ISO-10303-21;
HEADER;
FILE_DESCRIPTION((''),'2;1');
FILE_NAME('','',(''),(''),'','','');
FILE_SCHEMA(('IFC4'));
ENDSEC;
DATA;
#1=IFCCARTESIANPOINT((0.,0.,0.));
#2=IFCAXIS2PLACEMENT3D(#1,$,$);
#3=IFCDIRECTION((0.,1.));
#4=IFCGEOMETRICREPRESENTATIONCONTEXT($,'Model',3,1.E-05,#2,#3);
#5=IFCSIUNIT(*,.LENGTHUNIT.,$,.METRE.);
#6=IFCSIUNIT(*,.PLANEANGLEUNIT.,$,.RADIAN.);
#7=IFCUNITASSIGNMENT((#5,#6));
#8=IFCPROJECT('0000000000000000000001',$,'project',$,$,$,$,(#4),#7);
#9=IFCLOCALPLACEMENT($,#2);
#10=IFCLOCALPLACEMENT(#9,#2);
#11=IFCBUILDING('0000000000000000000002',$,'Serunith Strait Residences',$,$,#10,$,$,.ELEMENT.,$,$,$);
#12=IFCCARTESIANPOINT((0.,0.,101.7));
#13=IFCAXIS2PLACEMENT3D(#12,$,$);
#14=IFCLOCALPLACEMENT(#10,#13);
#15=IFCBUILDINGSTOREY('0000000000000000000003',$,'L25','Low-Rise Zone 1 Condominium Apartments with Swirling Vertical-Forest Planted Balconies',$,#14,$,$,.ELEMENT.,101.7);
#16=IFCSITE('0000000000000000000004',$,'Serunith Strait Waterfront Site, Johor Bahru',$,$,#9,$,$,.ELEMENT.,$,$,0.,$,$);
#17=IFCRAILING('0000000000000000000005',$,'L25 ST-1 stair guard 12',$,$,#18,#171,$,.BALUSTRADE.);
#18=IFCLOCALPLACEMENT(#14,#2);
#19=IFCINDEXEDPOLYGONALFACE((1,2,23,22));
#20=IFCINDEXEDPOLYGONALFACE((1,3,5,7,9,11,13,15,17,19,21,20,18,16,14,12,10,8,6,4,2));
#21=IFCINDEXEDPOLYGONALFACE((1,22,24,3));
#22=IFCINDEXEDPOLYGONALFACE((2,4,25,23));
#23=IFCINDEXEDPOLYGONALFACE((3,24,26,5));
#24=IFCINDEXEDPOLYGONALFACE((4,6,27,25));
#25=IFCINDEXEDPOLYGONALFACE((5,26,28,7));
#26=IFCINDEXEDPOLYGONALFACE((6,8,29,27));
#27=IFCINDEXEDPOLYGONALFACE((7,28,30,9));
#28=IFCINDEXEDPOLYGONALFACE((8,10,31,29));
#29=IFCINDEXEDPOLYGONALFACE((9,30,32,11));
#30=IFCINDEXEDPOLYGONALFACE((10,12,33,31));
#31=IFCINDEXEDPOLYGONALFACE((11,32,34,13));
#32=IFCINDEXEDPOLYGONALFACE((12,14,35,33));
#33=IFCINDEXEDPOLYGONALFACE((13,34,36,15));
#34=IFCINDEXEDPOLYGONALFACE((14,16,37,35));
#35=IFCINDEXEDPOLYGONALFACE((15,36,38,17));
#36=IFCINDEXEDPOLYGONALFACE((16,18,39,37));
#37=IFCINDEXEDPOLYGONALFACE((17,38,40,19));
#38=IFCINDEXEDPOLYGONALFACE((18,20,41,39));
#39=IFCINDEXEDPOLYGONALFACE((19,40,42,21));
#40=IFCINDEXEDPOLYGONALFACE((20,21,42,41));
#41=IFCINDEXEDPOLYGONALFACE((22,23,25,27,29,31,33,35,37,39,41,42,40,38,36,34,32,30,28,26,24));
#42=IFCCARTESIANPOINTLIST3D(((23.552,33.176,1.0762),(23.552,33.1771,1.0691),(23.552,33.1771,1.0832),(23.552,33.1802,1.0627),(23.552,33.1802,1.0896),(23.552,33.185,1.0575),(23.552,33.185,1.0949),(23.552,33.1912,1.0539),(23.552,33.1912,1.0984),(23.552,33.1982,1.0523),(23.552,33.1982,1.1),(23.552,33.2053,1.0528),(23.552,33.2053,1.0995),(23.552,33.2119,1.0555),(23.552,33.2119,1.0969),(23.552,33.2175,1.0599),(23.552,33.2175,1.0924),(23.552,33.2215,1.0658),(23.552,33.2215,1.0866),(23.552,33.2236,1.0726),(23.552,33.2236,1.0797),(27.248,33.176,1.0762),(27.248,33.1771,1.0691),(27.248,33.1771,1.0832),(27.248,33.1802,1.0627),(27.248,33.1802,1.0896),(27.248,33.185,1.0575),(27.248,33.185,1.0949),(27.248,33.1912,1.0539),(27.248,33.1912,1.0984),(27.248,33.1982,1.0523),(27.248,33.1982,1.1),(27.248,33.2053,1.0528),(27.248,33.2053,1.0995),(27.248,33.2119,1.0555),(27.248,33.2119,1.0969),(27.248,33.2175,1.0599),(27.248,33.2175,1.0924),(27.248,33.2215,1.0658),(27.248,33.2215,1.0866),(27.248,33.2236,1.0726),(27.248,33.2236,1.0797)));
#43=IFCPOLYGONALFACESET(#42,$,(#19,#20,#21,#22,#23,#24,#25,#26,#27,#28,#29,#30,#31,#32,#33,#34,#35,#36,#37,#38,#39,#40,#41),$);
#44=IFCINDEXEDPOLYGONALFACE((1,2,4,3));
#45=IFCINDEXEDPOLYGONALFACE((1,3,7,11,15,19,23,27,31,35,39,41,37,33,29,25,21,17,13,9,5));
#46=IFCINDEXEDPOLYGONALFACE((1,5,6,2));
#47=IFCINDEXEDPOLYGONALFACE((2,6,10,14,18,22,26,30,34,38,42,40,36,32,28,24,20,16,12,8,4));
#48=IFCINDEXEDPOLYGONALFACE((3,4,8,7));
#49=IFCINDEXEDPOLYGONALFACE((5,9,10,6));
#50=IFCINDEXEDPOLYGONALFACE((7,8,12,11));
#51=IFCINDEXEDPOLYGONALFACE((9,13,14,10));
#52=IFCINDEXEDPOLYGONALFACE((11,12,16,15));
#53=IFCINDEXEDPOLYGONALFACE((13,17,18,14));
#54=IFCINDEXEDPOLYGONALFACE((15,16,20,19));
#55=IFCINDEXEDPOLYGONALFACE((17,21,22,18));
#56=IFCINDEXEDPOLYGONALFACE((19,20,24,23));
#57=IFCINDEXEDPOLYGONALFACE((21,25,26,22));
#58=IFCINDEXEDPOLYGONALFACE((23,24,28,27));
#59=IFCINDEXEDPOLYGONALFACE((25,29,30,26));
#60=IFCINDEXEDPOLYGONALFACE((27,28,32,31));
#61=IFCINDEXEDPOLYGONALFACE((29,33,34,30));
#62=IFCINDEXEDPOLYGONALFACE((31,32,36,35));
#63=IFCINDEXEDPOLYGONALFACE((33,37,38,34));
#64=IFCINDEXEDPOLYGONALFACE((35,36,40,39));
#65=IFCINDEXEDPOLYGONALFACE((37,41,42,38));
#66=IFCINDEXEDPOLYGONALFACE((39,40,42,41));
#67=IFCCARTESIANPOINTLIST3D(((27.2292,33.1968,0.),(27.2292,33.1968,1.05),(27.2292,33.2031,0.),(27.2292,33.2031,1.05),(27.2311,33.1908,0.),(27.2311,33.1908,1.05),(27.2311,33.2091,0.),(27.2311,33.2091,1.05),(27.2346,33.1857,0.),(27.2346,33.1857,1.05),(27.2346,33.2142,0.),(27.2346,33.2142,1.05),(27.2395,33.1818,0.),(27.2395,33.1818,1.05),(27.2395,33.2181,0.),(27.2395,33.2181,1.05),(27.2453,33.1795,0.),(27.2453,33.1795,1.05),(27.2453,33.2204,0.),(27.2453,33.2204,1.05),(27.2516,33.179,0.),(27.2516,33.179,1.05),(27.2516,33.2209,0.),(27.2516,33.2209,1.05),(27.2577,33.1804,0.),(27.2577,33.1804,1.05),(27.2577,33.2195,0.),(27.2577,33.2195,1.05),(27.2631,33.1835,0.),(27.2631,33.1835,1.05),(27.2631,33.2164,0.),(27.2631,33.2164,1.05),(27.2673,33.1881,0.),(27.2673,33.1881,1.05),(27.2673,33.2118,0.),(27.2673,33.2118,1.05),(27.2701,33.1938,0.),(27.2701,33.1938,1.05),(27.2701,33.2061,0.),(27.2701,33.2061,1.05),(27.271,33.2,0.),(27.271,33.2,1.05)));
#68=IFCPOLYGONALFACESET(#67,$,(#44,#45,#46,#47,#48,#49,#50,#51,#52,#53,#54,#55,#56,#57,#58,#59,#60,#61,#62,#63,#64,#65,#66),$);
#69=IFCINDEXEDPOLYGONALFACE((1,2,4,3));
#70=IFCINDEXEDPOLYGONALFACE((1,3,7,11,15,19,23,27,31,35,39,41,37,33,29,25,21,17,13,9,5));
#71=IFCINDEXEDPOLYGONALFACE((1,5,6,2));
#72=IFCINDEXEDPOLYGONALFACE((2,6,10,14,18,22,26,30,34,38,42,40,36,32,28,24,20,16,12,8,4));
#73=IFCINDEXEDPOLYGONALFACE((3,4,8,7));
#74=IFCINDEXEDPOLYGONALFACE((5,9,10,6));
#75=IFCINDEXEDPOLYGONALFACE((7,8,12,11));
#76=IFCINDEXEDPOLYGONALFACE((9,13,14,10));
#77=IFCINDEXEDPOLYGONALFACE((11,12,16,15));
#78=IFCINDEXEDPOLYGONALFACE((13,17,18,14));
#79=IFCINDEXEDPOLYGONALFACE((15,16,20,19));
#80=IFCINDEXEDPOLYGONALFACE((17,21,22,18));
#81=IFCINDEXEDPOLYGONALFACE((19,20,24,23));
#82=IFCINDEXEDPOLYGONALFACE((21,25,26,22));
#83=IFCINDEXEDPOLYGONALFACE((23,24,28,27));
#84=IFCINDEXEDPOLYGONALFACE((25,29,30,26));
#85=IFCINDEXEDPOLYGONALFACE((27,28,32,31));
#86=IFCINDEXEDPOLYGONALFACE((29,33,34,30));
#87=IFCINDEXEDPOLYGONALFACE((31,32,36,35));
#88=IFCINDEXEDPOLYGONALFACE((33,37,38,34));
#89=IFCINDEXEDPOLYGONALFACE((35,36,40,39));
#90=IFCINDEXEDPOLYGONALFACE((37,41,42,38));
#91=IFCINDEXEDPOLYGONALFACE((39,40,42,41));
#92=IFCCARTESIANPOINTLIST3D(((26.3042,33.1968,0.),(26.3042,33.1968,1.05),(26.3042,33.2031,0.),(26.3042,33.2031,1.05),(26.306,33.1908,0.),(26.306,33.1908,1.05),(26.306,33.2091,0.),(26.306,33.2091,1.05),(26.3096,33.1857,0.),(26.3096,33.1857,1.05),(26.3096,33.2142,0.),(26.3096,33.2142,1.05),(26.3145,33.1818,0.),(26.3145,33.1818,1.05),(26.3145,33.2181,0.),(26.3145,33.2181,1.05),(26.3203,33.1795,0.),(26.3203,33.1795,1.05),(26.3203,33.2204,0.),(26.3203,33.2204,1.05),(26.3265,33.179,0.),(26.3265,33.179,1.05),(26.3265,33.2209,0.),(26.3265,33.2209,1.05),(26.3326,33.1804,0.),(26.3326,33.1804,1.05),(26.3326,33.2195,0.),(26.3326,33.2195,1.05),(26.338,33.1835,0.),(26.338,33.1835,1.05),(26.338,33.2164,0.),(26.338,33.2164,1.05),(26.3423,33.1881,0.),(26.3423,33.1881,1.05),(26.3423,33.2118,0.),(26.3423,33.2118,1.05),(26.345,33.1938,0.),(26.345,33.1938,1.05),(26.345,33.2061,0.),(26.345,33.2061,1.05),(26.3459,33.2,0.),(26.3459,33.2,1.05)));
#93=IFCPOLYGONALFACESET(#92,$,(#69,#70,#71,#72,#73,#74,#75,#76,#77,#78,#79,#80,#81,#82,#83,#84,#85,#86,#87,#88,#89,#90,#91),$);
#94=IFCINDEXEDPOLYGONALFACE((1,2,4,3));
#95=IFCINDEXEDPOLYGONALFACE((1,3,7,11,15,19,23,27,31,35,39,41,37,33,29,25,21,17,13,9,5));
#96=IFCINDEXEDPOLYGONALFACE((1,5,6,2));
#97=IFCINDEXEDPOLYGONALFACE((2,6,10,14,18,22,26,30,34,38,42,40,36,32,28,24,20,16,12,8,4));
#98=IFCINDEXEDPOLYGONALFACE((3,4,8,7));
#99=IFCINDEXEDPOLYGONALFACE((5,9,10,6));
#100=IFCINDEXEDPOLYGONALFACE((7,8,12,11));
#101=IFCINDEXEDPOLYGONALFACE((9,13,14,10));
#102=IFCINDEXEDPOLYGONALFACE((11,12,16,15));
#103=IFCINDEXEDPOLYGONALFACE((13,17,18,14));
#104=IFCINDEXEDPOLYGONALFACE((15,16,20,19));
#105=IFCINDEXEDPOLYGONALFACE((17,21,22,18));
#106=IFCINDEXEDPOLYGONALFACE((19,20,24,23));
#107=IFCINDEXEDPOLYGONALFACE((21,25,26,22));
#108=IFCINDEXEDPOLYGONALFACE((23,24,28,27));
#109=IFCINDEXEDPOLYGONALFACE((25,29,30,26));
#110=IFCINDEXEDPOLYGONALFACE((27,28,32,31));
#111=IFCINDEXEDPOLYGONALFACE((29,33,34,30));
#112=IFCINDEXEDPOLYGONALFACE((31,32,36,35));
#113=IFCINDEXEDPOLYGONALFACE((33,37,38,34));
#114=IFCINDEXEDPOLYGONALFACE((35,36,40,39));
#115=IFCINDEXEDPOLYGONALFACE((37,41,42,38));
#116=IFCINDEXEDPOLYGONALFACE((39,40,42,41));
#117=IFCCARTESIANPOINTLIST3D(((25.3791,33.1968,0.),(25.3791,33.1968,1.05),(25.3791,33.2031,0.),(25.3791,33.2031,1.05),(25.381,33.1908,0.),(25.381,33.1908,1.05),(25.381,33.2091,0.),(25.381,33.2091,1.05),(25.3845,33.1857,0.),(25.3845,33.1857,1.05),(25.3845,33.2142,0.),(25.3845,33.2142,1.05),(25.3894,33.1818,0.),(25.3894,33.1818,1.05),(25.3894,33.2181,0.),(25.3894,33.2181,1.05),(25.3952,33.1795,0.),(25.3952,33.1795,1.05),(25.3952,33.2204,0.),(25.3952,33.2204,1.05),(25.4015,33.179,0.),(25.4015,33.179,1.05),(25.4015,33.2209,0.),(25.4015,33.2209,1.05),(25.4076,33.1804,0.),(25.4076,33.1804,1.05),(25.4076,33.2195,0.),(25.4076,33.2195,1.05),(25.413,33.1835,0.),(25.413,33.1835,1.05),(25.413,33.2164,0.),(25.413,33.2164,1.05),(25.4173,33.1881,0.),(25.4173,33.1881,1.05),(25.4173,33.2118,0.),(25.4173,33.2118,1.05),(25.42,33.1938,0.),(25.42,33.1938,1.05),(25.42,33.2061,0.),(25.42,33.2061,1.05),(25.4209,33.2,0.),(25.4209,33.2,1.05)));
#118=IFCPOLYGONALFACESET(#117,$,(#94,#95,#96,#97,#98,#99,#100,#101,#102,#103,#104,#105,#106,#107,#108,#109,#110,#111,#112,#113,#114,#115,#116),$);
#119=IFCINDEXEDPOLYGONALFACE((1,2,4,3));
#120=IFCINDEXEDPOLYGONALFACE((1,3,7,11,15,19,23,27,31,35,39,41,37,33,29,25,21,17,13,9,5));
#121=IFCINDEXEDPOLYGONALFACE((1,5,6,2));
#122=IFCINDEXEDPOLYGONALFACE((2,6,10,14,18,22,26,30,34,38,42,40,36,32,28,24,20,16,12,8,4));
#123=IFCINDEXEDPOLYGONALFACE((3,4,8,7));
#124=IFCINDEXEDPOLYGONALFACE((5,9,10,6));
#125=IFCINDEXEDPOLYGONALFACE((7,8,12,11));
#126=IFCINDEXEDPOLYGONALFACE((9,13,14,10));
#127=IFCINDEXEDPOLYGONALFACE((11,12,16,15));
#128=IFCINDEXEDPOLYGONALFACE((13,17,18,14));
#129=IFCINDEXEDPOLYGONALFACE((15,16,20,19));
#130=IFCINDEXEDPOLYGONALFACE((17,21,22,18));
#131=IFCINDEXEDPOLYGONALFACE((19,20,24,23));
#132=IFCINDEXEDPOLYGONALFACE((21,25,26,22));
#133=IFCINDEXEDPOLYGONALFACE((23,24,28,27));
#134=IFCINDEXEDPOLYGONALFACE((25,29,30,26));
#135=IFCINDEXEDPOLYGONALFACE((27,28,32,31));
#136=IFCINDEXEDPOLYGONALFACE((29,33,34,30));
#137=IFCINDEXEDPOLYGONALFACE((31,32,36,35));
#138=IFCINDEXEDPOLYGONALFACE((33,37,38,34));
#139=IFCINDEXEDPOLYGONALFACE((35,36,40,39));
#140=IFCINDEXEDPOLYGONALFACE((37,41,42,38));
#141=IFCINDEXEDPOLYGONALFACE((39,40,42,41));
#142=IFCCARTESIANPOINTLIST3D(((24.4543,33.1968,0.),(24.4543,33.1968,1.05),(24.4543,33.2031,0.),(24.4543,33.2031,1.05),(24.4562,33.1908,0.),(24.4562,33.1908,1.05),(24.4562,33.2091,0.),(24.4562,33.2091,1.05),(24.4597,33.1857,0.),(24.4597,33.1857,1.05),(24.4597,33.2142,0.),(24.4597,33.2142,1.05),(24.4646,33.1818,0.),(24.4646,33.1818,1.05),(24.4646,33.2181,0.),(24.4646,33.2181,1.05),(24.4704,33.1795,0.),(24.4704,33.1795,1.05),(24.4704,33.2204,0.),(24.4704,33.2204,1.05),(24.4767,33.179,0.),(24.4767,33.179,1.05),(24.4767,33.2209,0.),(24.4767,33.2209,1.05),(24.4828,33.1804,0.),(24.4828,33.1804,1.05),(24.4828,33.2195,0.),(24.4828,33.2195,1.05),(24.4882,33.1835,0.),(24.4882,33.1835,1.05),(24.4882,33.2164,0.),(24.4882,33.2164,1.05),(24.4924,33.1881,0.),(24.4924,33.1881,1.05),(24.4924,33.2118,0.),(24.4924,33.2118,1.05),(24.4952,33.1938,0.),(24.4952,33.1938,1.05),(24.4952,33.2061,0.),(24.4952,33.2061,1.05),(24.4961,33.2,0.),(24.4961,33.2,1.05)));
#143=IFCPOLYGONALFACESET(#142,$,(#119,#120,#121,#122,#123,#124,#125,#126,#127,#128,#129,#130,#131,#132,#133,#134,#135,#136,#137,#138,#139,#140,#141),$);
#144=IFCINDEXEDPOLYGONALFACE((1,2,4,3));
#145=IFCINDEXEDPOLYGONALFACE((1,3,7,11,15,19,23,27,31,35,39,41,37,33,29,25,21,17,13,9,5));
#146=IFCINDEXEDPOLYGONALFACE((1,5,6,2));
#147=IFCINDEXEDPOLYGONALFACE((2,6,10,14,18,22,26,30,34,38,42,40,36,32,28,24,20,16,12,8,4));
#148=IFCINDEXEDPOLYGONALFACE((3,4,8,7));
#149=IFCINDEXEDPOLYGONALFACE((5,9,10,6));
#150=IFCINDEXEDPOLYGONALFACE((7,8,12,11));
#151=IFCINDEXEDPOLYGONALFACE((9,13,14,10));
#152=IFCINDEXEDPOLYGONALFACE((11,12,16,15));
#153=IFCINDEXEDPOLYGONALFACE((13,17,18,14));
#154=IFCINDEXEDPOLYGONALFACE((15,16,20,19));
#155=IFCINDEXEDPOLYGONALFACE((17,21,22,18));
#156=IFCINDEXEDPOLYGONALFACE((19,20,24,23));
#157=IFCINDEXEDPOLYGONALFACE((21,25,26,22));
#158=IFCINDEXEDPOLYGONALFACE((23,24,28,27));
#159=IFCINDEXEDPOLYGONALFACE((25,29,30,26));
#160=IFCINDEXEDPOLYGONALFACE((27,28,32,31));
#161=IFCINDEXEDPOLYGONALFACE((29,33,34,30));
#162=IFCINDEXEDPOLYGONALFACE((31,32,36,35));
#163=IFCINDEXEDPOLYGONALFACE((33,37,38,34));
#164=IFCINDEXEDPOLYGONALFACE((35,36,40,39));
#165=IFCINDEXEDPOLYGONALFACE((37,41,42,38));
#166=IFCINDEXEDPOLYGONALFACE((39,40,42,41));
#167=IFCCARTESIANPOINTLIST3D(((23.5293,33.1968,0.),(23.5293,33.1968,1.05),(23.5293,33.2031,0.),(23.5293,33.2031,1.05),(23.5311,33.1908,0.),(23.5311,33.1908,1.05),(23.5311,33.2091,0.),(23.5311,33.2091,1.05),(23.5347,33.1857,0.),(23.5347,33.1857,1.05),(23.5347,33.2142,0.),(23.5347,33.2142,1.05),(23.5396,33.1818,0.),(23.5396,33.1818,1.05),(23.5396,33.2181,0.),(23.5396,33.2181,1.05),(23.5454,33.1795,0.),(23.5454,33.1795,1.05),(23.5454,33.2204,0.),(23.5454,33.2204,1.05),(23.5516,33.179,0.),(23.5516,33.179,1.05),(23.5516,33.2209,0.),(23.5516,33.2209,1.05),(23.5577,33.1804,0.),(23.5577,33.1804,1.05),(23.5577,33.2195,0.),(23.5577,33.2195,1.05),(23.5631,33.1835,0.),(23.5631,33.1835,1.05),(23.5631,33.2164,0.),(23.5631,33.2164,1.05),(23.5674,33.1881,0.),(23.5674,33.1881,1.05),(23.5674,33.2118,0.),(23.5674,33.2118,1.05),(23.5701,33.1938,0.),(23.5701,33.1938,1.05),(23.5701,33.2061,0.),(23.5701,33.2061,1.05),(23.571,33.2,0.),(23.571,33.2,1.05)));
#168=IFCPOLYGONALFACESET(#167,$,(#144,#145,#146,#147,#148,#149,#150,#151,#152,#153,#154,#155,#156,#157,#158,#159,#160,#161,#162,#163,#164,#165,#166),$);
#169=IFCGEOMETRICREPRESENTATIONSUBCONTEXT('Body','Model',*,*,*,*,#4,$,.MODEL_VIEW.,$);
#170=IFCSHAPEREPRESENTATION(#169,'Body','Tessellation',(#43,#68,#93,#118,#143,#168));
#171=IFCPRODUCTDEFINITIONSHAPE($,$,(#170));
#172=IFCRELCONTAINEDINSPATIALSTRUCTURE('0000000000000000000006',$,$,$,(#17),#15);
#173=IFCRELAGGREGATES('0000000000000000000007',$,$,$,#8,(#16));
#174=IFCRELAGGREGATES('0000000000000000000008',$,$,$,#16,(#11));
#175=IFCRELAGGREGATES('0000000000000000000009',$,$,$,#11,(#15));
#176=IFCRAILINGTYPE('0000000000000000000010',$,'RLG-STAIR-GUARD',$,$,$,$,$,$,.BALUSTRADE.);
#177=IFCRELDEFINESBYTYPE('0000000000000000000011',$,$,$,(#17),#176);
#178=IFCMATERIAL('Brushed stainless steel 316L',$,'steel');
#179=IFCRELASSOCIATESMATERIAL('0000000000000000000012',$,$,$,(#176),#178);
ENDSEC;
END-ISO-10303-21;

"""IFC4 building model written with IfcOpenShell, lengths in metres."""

from ifc_helpers import new_model, si_unit, direction, frame, origin, origin_2d, place, context, subcontext, project, spatial, circle, extrude, material, type_object, element, save


model = new_model("IFC4")

# Units and contexts
model_context = context("Model", 3, precision=1e-05, world=origin(), true_north=direction((0.0, 1.0)))
body_context = subcontext(model_context, "Body", "Model", "MODEL_VIEW")
ifc_project = project(units=[si_unit("LENGTHUNIT", "METRE"), si_unit("PLANEANGLEUNIT", "RADIAN")], contexts=[model_context])

# Site, building, storey
site_placement = place(None, origin())
site = spatial("IfcSite", under=ifc_project, at=site_placement, Name="Serunith Strait Waterfront Site, Johor Bahru", CompositionType="ELEMENT", RefElevation=0.0)
building_placement = place(site_placement, origin())
building = spatial("IfcBuilding", under=site, at=building_placement, Name="Serunith Strait Residences", CompositionType="ELEMENT")
storey_placement = place(building_placement, frame((0.0, 0.0, 101.7)))
storey = spatial("IfcBuildingStorey", under=building, at=storey_placement, Name="L25", Description="Low-Rise Zone 1 Condominium Apartments with Swirling Vertical-Forest Planted Balconies", CompositionType="ELEMENT", Elevation=101.7)

# Railing
ifc_material_1 = material(Name="Brushed stainless steel 316L", Category="steel")
railing_type_1 = type_object("IfcRailingType", Name="RLG-STAIR-GUARD", PredefinedType="BALUSTRADE", material=ifc_material_1)
railing_1_placement = place(storey_placement, frame((27.25, 33.2, 0.0)))
element("IfcRailing", 1, at=railing_1_placement, inside=storey, type_object=railing_type_1, Name="L25 ST-1 stair guard 12", PredefinedType="BALUSTRADE", context=body_context, shape_type="SweptSolid", body=[
    extrude(circle(Radius=0.0239, at=origin_2d()), frame((-0.002, 0.0, 1.0762), z_axis=(-1.0, 0.0, 0.0), x_axis=(0.0, -1.0, 0.0)), (0.0, 0.0, 1.0), 3.696),
    extrude(circle(Radius=0.021, at=origin_2d()), origin(), (0.0, 0.0, 1.0), 1.05),
    extrude(circle(Radius=0.021, at=origin_2d()), frame((-0.925, 0.0, 0.0)), (0.0, 0.0, 1.0), 1.05),
    extrude(circle(Radius=0.021, at=origin_2d()), frame((-1.8501, 0.0, 0.0)), (0.0, 0.0, 1.0), 1.05),
    extrude(circle(Radius=0.021, at=origin_2d()), frame((-2.7749, 0.0, 0.0)), (0.0, 0.0, 1.0), 1.05),
    extrude(circle(Radius=0.021, at=origin_2d()), frame((-3.7, 0.0, 0.0)), (0.0, 0.0, 1.0), 1.05),
])

save(model, "model.ifc")
